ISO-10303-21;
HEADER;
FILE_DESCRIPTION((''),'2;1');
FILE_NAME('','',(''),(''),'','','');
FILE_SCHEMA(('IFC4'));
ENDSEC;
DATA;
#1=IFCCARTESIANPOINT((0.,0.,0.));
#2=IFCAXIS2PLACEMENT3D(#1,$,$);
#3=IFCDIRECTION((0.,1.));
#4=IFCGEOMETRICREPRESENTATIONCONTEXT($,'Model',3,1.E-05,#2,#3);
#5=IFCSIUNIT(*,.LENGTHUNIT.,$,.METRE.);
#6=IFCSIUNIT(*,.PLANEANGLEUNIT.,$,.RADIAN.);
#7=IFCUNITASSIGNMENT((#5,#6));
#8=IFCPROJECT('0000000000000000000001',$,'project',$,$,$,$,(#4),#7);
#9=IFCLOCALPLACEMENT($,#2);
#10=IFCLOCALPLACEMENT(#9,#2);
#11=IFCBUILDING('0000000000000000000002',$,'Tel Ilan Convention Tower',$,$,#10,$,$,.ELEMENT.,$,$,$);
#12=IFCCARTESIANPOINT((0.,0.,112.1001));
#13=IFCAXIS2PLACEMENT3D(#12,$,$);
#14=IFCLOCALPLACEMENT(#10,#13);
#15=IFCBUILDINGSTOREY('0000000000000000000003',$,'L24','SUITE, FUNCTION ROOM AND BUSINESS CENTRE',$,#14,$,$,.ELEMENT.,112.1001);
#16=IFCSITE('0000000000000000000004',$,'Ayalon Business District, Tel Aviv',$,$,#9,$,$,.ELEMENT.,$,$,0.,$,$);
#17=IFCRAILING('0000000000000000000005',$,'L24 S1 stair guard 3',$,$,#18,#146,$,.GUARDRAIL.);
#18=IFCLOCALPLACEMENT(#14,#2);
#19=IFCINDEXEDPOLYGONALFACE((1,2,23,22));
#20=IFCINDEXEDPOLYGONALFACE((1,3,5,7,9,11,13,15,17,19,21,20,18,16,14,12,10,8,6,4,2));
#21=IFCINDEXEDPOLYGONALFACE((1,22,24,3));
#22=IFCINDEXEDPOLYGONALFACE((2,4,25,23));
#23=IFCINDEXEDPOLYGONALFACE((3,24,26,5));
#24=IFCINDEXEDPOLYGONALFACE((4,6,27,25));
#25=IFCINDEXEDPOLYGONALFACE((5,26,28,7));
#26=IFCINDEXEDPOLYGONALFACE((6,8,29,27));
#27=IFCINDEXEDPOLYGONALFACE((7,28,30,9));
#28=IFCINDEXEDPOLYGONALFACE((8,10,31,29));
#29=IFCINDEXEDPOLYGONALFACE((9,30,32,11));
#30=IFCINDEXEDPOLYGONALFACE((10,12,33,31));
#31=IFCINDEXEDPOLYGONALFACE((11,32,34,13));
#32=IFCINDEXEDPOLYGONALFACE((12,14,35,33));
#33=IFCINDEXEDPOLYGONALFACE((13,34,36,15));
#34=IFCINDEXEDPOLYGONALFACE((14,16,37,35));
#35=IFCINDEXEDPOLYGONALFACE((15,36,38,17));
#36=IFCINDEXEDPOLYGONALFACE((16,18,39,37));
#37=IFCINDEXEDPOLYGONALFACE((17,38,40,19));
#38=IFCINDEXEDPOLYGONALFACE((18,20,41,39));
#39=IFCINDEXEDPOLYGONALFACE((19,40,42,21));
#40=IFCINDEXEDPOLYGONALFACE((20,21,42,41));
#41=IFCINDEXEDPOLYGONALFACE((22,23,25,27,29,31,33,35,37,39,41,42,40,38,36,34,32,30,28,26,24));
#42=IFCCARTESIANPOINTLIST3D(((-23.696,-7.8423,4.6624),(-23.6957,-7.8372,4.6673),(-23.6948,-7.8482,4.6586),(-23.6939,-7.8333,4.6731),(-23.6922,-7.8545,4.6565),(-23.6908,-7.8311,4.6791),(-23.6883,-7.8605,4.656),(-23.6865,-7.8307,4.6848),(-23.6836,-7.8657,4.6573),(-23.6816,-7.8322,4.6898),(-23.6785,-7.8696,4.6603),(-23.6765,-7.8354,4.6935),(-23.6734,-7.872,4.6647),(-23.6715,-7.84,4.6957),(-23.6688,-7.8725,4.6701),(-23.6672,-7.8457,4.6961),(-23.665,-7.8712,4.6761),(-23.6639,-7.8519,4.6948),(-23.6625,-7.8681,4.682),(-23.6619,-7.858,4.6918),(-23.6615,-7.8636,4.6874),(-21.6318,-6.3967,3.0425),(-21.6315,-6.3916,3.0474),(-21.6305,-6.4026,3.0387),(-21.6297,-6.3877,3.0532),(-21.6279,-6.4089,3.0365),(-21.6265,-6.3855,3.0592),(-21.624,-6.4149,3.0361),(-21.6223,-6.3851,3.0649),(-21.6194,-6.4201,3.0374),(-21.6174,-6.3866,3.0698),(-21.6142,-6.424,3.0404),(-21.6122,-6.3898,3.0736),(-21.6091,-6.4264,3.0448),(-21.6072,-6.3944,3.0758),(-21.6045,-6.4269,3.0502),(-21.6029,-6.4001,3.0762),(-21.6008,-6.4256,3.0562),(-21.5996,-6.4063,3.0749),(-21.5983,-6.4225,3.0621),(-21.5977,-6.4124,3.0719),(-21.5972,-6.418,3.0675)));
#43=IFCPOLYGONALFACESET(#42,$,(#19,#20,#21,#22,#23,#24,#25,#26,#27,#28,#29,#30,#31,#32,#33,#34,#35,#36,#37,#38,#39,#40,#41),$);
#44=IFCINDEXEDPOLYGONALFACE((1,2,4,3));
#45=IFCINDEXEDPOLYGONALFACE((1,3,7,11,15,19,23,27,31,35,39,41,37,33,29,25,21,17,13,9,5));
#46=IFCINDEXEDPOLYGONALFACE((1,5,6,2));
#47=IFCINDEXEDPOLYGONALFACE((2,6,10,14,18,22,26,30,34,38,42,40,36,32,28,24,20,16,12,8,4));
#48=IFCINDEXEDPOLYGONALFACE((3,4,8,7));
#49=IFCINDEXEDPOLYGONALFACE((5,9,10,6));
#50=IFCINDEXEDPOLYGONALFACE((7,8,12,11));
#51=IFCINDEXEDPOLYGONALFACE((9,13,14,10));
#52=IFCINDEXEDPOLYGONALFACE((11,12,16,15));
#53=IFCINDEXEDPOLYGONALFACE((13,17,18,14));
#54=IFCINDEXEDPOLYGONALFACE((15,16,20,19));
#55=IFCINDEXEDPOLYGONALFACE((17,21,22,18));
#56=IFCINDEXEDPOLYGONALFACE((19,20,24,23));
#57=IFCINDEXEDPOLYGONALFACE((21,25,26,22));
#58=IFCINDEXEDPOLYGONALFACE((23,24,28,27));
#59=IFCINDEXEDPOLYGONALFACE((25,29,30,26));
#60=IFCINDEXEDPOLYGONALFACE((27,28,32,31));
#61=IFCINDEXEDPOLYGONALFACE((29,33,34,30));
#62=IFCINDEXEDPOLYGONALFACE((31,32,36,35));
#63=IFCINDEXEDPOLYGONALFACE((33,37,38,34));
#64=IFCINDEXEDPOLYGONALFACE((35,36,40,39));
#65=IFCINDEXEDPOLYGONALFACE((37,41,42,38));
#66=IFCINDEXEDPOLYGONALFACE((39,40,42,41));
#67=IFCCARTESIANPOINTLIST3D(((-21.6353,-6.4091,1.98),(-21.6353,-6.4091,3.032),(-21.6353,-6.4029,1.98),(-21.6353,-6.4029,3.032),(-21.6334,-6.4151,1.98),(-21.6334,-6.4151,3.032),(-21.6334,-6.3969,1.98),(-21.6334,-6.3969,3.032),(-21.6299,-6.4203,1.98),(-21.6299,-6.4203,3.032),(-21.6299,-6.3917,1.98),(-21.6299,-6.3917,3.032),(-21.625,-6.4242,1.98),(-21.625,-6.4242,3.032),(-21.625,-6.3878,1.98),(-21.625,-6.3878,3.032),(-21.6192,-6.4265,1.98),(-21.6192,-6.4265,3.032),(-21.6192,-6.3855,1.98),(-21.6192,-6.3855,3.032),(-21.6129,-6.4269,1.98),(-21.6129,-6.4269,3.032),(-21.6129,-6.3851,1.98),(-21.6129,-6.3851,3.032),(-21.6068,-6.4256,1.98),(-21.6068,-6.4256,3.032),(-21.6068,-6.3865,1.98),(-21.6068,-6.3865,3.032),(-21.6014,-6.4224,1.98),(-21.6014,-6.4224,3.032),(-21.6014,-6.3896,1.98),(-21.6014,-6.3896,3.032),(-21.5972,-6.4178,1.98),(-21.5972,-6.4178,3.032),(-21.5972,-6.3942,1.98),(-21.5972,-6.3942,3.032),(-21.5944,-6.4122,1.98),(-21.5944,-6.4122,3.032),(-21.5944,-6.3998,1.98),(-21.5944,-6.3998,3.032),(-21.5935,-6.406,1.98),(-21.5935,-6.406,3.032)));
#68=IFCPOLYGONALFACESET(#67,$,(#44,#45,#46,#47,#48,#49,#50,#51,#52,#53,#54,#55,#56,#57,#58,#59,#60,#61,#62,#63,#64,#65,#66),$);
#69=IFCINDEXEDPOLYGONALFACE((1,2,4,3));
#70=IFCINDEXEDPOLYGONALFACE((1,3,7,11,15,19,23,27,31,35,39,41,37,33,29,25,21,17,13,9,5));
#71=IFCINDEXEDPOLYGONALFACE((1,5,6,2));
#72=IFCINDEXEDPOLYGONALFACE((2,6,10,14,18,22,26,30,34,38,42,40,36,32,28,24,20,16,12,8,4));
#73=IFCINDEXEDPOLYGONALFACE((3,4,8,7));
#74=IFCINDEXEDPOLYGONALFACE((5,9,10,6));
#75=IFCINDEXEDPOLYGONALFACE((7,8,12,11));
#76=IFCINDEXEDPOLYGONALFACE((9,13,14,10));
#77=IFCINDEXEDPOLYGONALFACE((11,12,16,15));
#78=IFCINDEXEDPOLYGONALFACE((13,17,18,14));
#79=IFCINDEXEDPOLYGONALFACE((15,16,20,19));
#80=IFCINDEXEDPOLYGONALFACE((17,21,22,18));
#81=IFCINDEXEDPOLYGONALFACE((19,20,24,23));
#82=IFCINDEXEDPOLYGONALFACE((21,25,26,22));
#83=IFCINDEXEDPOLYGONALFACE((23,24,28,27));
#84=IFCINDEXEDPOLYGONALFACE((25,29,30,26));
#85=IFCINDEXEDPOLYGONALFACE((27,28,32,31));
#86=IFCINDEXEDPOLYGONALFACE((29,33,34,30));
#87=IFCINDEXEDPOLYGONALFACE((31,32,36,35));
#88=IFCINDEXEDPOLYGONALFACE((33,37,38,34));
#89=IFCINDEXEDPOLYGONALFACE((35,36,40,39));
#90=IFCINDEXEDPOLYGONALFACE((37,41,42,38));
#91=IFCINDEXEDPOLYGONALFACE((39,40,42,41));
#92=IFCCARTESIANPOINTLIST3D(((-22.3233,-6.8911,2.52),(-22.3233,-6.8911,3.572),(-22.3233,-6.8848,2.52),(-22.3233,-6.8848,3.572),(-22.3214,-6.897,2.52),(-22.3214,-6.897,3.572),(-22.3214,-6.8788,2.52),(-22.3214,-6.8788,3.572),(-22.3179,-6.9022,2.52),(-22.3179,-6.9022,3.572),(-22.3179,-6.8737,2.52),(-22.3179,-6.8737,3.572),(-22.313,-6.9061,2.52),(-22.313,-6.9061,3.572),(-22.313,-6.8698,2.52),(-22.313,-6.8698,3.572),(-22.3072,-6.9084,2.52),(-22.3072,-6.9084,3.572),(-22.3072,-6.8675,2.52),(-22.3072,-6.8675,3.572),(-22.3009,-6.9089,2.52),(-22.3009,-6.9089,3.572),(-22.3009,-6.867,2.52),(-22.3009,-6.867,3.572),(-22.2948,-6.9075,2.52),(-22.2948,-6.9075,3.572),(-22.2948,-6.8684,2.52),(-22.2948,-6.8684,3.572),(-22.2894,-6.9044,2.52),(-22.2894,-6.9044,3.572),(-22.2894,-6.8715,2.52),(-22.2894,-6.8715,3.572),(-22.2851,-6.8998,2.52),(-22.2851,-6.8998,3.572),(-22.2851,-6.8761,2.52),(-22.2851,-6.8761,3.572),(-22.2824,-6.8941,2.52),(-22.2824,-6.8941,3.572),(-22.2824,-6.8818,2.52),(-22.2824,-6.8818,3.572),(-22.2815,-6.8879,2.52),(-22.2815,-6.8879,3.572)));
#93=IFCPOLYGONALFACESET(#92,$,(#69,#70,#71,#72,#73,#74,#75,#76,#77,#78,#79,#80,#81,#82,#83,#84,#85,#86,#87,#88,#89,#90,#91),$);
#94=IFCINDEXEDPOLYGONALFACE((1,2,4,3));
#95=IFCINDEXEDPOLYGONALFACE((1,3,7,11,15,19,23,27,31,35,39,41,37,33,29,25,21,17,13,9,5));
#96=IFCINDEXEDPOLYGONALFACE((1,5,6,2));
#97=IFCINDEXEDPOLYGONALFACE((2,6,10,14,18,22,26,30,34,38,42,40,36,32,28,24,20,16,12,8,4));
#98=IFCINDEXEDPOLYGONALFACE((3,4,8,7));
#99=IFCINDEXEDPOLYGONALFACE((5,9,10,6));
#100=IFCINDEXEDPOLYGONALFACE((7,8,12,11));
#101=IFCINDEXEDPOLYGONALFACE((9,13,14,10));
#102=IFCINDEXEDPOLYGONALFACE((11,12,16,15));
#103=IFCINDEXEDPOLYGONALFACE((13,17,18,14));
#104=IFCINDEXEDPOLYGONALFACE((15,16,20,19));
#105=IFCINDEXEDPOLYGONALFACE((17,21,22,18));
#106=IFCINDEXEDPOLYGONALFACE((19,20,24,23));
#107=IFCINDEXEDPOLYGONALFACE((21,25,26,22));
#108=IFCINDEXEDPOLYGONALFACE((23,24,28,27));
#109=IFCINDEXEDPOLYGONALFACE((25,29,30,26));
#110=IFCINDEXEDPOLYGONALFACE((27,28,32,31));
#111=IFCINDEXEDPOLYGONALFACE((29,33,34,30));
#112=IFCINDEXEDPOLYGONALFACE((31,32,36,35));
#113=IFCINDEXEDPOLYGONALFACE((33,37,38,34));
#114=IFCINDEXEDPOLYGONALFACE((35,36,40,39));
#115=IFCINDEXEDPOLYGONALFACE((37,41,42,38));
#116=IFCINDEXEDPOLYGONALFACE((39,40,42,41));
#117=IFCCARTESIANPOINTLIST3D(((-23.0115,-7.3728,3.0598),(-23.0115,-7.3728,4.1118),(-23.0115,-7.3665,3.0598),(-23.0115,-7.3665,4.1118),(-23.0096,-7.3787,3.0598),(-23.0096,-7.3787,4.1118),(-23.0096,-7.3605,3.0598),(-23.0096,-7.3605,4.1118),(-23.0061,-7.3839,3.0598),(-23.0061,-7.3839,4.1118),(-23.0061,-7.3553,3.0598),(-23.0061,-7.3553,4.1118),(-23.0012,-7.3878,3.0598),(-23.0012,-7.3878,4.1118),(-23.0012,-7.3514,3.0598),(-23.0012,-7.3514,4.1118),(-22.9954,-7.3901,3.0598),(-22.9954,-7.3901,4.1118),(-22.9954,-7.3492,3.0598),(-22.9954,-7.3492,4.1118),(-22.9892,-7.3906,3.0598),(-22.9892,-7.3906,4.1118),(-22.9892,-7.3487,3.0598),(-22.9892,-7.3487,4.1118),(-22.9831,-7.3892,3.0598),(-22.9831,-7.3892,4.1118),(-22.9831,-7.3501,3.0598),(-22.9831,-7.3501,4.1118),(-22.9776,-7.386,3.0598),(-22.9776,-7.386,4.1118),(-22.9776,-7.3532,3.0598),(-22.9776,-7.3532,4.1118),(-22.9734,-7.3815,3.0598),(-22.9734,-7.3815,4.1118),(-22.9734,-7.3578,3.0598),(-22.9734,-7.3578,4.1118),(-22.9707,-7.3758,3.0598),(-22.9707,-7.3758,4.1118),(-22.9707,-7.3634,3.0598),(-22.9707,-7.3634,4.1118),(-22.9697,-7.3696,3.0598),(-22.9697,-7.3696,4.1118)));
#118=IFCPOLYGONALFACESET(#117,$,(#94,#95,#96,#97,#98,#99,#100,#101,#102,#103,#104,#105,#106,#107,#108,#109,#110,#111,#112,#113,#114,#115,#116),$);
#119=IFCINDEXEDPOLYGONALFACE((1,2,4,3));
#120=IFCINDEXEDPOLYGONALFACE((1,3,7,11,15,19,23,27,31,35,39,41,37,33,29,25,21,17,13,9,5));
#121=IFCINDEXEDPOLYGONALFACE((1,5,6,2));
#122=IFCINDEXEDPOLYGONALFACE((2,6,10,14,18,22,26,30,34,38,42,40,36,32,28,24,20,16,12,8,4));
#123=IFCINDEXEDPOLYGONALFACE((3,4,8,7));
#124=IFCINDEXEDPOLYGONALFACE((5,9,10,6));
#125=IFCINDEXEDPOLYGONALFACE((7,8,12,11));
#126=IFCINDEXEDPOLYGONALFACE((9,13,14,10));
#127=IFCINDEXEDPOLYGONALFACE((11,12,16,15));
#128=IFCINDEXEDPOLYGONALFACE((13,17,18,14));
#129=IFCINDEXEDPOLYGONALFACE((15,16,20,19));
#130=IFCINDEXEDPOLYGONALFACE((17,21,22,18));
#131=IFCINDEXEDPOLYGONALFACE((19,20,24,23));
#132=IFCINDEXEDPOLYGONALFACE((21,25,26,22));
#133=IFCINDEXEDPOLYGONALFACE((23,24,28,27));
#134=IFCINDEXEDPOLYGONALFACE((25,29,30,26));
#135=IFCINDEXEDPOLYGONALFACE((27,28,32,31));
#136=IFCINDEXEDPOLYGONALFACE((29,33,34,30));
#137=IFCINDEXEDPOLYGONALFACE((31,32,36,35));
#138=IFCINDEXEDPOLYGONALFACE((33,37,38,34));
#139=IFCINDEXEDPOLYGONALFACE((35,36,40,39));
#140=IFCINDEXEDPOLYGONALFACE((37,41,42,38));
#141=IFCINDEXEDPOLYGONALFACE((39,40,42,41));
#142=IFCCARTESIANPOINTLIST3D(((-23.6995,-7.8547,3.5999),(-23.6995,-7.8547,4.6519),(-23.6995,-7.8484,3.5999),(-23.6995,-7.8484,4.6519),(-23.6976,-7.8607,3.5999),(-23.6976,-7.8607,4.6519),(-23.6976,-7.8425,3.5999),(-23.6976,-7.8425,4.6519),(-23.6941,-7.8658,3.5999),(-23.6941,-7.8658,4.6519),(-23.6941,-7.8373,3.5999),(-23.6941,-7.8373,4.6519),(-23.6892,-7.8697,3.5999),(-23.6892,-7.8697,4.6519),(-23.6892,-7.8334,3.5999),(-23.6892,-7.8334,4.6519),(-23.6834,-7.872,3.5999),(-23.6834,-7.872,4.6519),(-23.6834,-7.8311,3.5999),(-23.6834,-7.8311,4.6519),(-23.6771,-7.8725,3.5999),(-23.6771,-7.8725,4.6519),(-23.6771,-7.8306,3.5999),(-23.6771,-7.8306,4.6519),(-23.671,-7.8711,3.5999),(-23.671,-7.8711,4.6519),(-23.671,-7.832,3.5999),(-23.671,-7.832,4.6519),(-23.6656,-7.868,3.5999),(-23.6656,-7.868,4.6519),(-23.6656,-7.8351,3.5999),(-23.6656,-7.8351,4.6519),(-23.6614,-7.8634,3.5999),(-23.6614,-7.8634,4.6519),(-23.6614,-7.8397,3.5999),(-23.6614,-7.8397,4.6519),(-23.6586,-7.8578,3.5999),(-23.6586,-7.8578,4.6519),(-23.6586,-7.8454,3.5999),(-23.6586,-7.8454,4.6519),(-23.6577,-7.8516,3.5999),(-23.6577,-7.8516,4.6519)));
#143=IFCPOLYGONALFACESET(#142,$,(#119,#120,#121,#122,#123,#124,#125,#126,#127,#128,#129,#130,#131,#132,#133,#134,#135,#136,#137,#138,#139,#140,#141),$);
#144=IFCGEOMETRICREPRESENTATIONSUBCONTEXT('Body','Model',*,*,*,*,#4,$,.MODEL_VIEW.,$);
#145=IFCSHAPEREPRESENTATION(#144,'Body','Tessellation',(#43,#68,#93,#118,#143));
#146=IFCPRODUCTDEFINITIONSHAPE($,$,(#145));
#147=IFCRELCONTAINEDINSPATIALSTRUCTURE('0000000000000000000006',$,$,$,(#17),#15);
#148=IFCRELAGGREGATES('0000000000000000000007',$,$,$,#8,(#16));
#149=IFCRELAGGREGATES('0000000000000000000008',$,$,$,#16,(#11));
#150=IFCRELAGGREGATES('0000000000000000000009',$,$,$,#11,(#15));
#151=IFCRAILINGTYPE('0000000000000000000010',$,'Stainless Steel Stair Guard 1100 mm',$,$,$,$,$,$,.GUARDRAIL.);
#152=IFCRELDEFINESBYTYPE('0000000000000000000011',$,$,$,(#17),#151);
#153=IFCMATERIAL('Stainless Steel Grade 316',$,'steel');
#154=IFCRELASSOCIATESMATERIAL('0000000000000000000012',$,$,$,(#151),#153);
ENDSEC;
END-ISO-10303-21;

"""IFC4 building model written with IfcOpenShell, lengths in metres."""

from ifc_helpers import new_model, si_unit, direction, frame, origin, origin_2d, place, context, subcontext, project, spatial, circle, extrude, material, type_object, element, save


model = new_model("IFC4")

# Units and contexts
model_context = context("Model", 3, precision=1e-05, world=origin(), true_north=direction((0.0, 1.0)))
body_context = subcontext(model_context, "Body", "Model", "MODEL_VIEW")
ifc_project = project(units=[si_unit("LENGTHUNIT", "METRE"), si_unit("PLANEANGLEUNIT", "RADIAN")], contexts=[model_context])

# Site, building, storey
site_placement = place(None, origin())
site = spatial("IfcSite", under=ifc_project, at=site_placement, Name="Ayalon Business District, Tel Aviv", CompositionType="ELEMENT", RefElevation=0.0)
building_placement = place(site_placement, origin())
building = spatial("IfcBuilding", under=site, at=building_placement, Name="Tel Ilan Convention Tower", CompositionType="ELEMENT")
storey_placement = place(building_placement, frame((0.0, 0.0, 112.1001)))
storey = spatial("IfcBuildingStorey", under=building, at=storey_placement, Name="L24", Description="SUITE, FUNCTION ROOM AND BUSINESS CENTRE", CompositionType="ELEMENT", Elevation=112.1001)

# Railing
ifc_material_1 = material(Name="Stainless Steel Grade 316", Category="steel")
railing_type_1 = type_object("IfcRailingType", Name="Stainless Steel Stair Guard 1100 mm", PredefinedType="GUARDRAIL", material=ifc_material_1)
railing_1_placement = place(storey_placement, frame((-21.6145, -6.406, 1.98)))
element("IfcRailing", 1, at=railing_1_placement, inside=storey, type_object=railing_type_1, Name="L24 S1 stair guard 3", PredefinedType="GUARDRAIL", context=body_context, shape_type="SweptSolid", body=[
    extrude(circle(Radius=0.0239, at=origin_2d()), frame((0.0, 0.0, 1.0762), z_axis=(-0.689043, -0.482534, 0.540722), x_axis=(0.573625, -0.819118, 0.0)), (0.0, 0.0, 1.0), 2.9958),
    extrude(circle(Radius=0.021, at=origin_2d()), origin(), (0.0, 0.0, 1.0), 1.052),
    extrude(circle(Radius=0.021, at=origin_2d()), frame((-0.688, -0.4819, 0.54)), (0.0, 0.0, 1.0), 1.052),
    extrude(circle(Radius=0.021, at=origin_2d()), frame((-1.3762, -0.9636, 1.0798)), (0.0, 0.0, 1.0), 1.052),
    extrude(circle(Radius=0.021, at=origin_2d()), frame((-2.0642, -1.4456, 1.6199)), (0.0, 0.0, 1.0), 1.052),
])

save(model, "model.ifc")
